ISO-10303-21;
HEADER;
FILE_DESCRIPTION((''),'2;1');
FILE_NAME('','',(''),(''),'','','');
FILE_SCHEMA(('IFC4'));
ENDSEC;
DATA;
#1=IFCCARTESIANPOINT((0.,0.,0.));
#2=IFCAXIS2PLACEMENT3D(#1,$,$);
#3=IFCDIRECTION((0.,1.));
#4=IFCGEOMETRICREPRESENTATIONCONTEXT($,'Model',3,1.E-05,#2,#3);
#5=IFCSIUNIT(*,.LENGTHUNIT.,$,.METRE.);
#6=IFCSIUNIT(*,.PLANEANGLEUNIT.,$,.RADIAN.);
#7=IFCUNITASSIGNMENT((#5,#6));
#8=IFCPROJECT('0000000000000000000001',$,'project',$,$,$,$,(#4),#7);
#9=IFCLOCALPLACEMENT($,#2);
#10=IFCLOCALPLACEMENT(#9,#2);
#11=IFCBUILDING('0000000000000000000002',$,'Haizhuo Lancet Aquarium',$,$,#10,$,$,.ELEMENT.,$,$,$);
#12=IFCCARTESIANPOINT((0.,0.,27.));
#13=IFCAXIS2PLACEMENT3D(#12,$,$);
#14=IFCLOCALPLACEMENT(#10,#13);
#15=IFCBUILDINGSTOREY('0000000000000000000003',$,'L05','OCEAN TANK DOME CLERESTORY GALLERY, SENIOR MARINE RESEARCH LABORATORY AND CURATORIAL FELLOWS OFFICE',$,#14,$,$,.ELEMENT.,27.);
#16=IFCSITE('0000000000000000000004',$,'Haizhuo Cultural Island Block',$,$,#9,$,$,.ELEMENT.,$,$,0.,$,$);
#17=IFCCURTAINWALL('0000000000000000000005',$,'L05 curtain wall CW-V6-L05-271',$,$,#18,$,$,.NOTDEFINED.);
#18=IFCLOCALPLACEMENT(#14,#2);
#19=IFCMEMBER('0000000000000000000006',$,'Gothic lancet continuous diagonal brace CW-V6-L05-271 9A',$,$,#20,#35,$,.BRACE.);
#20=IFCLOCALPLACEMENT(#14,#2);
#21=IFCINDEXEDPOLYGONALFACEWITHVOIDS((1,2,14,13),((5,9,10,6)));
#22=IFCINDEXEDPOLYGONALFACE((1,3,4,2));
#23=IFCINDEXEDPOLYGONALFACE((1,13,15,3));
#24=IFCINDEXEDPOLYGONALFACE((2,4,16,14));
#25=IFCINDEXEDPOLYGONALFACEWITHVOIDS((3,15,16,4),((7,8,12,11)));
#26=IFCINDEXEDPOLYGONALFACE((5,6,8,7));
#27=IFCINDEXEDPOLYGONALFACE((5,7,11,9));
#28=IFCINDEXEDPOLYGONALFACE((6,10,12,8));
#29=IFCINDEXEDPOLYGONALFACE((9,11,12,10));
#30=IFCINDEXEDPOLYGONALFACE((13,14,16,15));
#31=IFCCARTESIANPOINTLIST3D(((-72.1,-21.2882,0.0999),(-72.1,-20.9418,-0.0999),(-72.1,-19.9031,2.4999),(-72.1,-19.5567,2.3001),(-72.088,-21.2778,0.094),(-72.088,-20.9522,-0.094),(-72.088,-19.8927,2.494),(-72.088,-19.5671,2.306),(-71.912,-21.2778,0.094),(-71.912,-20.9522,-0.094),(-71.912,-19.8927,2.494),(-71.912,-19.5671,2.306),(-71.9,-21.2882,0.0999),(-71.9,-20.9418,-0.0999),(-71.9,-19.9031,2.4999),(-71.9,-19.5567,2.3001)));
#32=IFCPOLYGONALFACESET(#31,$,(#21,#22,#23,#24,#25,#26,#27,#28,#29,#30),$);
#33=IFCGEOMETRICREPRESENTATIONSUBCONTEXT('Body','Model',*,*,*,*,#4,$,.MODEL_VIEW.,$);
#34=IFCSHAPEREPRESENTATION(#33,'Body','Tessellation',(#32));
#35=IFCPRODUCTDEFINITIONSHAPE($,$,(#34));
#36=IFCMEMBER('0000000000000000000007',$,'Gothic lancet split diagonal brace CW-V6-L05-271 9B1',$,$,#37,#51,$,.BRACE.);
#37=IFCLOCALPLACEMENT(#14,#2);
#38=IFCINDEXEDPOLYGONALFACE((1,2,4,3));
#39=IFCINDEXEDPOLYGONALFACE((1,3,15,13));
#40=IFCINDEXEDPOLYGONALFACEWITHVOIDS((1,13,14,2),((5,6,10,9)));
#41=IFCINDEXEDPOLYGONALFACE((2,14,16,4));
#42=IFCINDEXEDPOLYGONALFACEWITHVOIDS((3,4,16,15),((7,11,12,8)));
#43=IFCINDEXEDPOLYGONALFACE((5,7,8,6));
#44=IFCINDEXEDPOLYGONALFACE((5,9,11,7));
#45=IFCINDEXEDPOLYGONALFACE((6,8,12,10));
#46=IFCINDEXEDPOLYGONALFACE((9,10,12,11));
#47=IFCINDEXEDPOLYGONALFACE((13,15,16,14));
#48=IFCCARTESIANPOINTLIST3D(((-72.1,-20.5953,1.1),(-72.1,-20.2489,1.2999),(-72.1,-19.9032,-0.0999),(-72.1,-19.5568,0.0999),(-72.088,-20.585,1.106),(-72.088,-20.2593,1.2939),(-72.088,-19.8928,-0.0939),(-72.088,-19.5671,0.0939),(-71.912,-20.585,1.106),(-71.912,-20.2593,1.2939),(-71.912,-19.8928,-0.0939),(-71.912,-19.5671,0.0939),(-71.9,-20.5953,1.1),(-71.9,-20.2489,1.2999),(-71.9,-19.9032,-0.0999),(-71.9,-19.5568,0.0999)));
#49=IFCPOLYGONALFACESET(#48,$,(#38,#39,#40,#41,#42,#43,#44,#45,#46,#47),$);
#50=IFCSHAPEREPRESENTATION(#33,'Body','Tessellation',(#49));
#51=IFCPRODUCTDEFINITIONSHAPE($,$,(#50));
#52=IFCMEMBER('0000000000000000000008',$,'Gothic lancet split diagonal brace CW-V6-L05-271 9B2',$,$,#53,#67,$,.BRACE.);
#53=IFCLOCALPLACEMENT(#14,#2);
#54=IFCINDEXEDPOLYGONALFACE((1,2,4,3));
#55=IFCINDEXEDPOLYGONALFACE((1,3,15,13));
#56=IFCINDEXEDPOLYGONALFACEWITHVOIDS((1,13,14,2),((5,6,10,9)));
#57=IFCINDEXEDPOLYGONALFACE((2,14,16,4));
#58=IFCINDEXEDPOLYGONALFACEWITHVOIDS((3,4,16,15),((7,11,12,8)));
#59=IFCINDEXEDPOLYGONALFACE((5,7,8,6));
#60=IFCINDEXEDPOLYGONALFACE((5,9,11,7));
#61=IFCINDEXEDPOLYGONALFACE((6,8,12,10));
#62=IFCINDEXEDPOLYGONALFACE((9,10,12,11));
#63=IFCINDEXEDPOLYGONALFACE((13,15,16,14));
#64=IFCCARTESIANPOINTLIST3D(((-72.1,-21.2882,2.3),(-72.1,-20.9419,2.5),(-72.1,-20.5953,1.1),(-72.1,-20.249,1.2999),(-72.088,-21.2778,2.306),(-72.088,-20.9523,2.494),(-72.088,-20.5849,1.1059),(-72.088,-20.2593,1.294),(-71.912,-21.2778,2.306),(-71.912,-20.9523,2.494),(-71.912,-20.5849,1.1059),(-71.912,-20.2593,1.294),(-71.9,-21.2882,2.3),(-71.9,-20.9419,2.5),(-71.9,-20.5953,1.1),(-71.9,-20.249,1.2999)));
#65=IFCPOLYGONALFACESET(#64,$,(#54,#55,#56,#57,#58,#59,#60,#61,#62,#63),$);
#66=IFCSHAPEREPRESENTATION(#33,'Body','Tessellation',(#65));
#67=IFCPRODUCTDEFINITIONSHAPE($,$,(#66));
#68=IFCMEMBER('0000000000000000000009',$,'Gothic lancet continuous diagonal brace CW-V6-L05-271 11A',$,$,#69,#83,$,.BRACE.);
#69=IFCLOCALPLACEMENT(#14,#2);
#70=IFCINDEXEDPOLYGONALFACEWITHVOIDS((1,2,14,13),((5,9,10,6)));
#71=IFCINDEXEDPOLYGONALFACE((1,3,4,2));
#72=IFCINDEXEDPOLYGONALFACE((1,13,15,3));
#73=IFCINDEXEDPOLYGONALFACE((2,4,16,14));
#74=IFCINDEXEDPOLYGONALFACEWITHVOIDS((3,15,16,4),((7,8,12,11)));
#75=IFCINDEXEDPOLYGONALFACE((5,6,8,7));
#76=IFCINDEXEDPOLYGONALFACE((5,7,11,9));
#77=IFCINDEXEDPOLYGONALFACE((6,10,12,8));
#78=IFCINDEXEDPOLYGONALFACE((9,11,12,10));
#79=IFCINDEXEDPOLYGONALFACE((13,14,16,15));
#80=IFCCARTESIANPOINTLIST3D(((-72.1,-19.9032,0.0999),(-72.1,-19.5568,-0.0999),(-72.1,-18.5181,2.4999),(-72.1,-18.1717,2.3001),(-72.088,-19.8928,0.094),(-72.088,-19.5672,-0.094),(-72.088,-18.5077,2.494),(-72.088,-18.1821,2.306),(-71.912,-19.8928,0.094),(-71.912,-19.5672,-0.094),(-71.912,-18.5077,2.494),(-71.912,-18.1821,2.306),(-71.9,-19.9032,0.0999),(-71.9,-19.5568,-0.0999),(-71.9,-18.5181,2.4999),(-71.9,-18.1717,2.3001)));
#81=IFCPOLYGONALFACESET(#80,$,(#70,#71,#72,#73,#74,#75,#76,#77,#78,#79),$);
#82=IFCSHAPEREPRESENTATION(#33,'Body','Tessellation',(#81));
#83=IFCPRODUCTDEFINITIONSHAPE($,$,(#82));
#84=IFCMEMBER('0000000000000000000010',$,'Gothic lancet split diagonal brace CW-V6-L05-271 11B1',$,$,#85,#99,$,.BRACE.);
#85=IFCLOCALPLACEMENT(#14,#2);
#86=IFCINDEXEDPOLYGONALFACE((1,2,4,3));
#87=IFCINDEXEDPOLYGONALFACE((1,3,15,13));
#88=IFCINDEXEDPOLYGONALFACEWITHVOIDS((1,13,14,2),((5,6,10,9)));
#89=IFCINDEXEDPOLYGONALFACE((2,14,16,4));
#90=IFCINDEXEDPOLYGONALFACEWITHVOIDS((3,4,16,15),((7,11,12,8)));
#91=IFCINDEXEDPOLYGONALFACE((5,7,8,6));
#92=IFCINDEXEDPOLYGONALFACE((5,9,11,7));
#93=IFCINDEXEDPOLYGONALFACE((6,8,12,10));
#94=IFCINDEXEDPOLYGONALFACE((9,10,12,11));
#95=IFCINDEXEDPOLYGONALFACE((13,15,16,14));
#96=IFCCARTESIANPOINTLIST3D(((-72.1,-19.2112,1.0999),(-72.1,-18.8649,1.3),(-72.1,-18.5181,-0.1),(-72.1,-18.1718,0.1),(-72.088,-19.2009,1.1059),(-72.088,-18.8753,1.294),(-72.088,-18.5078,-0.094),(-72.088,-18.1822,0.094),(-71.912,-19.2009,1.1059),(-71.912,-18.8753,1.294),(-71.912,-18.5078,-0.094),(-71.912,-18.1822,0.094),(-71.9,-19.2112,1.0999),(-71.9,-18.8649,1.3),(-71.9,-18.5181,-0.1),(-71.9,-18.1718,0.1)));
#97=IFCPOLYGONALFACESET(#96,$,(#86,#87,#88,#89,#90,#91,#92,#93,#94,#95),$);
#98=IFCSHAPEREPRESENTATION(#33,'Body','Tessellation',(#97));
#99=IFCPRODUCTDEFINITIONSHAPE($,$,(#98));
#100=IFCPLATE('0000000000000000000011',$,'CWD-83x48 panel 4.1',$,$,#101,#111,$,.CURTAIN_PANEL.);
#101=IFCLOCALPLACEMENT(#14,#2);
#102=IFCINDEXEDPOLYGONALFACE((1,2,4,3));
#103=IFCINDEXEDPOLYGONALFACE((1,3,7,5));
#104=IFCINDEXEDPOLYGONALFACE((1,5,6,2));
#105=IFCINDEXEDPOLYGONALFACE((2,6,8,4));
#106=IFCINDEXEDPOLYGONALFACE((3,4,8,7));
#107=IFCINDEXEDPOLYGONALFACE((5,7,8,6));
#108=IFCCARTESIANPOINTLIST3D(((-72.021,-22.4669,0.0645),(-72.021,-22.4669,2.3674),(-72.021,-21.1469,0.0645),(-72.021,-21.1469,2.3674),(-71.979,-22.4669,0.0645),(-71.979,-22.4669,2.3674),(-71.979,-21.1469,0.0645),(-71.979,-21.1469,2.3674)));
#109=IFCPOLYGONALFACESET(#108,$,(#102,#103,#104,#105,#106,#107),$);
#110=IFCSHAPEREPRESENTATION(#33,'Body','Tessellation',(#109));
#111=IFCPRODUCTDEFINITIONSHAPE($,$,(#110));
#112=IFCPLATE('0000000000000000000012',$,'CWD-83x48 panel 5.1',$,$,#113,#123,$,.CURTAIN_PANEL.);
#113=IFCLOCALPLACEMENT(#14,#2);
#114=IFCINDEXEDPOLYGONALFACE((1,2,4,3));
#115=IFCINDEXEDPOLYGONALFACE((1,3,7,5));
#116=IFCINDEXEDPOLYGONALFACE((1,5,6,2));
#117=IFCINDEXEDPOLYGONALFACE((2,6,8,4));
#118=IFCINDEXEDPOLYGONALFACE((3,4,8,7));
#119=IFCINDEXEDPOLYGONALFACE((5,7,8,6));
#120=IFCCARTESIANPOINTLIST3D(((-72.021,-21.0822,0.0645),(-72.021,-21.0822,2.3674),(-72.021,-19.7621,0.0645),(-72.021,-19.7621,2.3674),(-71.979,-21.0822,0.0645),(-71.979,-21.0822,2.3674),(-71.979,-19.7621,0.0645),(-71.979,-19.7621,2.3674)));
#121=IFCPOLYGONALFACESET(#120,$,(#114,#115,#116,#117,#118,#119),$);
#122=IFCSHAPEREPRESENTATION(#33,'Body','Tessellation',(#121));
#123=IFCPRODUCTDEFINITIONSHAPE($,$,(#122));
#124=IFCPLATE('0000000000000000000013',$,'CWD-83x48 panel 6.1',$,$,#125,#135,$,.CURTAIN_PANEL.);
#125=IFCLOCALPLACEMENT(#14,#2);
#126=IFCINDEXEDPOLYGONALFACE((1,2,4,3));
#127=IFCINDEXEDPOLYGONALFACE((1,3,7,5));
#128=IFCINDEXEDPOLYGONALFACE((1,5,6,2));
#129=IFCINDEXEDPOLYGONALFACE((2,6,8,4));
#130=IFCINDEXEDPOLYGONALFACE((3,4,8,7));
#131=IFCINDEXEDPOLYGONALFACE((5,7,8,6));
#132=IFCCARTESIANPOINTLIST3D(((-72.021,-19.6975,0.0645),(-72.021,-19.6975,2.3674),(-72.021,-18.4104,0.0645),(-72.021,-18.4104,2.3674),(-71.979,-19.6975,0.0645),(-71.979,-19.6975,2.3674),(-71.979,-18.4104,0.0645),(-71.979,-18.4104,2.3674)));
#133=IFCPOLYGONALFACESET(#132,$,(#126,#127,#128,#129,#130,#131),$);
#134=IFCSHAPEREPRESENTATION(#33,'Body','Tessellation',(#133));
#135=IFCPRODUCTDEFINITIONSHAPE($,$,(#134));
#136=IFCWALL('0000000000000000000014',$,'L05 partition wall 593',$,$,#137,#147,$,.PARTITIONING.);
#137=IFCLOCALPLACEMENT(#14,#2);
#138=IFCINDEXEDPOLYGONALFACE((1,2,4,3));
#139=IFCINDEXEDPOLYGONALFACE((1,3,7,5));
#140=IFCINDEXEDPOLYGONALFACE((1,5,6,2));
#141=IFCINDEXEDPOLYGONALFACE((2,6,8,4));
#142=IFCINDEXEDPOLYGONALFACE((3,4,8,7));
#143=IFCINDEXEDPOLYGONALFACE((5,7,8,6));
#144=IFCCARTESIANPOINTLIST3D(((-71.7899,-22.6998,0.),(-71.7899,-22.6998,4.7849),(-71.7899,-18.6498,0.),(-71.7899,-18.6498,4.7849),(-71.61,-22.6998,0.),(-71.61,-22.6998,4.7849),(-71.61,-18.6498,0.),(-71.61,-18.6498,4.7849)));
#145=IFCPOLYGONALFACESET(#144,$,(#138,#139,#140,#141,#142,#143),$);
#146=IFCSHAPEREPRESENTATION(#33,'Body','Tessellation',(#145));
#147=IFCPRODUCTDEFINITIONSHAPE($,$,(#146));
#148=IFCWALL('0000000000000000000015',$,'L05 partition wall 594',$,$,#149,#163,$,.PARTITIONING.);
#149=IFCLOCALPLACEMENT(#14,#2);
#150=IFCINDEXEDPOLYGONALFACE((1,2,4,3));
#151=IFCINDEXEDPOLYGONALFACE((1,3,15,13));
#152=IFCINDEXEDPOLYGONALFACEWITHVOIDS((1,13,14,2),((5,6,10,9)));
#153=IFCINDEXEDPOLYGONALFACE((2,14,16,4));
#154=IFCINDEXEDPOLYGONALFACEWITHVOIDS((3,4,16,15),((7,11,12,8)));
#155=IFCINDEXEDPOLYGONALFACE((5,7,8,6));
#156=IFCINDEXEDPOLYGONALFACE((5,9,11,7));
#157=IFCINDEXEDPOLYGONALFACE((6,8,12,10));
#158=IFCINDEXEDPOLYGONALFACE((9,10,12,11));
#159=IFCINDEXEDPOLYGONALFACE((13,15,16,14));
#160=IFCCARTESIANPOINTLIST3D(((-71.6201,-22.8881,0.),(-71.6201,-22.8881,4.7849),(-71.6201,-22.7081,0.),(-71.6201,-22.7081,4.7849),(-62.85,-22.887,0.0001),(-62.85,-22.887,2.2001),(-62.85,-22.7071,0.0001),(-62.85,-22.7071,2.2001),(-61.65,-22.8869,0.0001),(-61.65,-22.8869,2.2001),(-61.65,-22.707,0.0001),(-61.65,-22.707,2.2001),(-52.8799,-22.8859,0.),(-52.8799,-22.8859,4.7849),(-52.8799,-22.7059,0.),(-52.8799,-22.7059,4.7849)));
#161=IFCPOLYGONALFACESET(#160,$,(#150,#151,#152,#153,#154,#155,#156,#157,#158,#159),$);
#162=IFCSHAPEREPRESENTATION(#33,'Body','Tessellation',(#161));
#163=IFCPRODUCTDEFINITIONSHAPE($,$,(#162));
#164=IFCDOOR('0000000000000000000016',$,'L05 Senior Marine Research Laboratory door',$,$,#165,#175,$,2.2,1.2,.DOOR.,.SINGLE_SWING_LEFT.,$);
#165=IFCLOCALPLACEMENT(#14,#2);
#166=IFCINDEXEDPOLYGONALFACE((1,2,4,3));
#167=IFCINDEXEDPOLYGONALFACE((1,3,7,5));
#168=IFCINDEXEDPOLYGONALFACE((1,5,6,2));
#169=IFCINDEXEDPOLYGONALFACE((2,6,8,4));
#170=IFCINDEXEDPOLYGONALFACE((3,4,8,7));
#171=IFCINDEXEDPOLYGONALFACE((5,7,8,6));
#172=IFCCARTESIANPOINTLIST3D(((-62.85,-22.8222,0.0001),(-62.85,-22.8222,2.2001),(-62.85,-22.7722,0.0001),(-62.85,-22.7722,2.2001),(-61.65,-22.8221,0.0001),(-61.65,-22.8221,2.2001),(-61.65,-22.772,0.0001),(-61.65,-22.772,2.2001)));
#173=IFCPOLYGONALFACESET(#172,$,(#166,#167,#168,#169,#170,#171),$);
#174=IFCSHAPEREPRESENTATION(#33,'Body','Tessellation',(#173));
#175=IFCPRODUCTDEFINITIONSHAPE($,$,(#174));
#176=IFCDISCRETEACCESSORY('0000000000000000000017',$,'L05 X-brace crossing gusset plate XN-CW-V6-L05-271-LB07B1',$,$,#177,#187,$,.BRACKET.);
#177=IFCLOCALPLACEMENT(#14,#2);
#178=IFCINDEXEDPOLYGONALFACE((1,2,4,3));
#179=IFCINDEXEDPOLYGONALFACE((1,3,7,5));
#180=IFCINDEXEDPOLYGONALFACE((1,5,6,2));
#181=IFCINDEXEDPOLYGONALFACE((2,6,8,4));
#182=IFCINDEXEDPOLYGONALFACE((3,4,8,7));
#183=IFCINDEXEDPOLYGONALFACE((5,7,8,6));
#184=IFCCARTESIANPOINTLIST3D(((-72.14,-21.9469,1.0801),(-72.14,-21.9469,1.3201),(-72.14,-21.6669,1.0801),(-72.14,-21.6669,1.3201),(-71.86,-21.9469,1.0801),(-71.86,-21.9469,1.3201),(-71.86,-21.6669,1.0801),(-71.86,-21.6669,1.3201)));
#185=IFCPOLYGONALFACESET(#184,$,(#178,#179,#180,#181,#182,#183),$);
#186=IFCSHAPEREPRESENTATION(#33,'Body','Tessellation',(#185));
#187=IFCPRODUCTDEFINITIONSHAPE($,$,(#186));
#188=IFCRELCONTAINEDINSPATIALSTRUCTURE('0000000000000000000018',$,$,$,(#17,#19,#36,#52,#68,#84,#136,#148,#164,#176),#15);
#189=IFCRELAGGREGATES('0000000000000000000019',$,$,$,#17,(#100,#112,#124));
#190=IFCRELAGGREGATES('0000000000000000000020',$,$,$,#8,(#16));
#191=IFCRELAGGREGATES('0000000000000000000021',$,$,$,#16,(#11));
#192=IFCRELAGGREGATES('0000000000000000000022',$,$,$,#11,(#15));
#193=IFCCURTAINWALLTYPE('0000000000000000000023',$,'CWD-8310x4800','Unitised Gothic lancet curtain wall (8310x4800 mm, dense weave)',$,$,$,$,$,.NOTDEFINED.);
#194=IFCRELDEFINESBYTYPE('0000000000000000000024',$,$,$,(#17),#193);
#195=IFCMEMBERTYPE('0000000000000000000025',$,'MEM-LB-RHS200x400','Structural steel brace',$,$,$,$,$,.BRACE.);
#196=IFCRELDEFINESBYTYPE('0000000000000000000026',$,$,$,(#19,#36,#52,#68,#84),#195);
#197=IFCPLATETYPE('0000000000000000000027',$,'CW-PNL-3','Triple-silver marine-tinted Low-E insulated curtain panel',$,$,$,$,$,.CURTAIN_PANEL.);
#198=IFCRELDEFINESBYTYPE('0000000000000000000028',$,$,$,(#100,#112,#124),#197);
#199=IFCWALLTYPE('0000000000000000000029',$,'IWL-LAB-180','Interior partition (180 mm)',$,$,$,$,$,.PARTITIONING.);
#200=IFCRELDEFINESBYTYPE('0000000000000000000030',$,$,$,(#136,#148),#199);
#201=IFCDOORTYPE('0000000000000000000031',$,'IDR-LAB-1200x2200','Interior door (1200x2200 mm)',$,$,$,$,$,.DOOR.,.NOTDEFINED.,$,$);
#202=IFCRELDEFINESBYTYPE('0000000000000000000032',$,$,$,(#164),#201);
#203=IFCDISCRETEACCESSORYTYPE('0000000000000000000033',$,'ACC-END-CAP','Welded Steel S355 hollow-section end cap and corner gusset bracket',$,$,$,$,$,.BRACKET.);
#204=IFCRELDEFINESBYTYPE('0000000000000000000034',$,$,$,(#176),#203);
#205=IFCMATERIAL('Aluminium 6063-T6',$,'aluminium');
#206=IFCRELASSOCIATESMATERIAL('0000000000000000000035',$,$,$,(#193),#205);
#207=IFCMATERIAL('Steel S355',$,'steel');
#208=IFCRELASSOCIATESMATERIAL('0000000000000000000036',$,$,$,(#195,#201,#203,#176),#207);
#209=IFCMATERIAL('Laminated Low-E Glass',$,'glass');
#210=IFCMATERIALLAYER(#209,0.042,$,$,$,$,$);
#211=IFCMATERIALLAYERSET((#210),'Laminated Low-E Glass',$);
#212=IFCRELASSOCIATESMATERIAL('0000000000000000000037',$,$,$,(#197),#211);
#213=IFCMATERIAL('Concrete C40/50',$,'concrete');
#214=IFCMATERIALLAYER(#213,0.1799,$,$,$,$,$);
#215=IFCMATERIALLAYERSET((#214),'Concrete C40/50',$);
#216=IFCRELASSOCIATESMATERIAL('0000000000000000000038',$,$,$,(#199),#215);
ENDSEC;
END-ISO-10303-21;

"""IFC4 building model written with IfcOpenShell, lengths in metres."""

from ifc_helpers import new_model, si_unit, direction, frame, frame_2d, origin, origin_2d, place, context, subcontext, project, spatial, rectangle, hollow_rectangle, extrude, material, layer, layer_set, material_profile, profile_set, type_object, element, fill, aggregate, save


model = new_model("IFC4")

# Units and contexts
model_context = context("Model", 3, precision=1e-05, world=origin(), true_north=direction((0.0, 1.0)))
body_context = subcontext(model_context, "Body", "Model", "MODEL_VIEW")
ifc_project = project(units=[si_unit("LENGTHUNIT", "METRE"), si_unit("PLANEANGLEUNIT", "RADIAN")], contexts=[model_context])

# Site, building, storey
site_placement = place(None, origin())
site = spatial("IfcSite", under=ifc_project, at=site_placement, Name="Haizhuo Cultural Island Block", CompositionType="ELEMENT", RefElevation=0.0)
building_placement = place(site_placement, origin())
building = spatial("IfcBuilding", under=site, at=building_placement, Name="Haizhuo Lancet Aquarium", CompositionType="ELEMENT")
storey_placement = place(building_placement, frame((0.0, 0.0, 27.0)))
storey = spatial("IfcBuildingStorey", under=building, at=storey_placement, Name="L05", Description="OCEAN TANK DOME CLERESTORY GALLERY, SENIOR MARINE RESEARCH LABORATORY AND CURATORIAL FELLOWS OFFICE", CompositionType="ELEMENT", Elevation=27.0)

# Curtain wall
ifc_material_1 = material(Name="Aluminium 6063-T6", Category="aluminium")
curtain_wall_type = type_object("IfcCurtainWallType", Name="CWD-8310x4800", Description="Unitised Gothic lancet curtain wall (8310x4800 mm, dense weave)", PredefinedType="NOTDEFINED", material=ifc_material_1)
curtain_wall_placement = place(storey_placement, origin())
curtain_wall = element("IfcCurtainWall", 1, at=curtain_wall_placement, inside=storey, type_object=curtain_wall_type, Name="L05 curtain wall CW-V6-L05-271", PredefinedType="NOTDEFINED")

# Members
ifc_material_2 = material(Name="Steel S355", Category="steel")
ifc_material_profile_1 = material_profile(ifc_material_2, hollow_rectangle(XDim=0.2, YDim=0.3999, WallThickness=0.012, at=origin_2d()), Name="RHS 200x400x12")
ifc_profile_set_1 = profile_set([ifc_material_profile_1], Name="Steel S355")
member_type_1 = type_object("IfcMemberType", Name="MEM-LB-RHS200x400", Description="Structural steel brace", PredefinedType="BRACE", material=ifc_profile_set_1)
member_1_placement = place(storey_placement, frame((-72.0, -21.115, 0.0), z_axis=(0.0, 0.499844, 0.866115), x_axis=(-1.0, 0.0, 0.0)))
element("IfcMember", 2, at=member_1_placement, inside=storey, type_object=member_type_1, Name="Gothic lancet continuous diagonal brace CW-V6-L05-271 9A", PredefinedType="BRACE", context=body_context, shape_type="SweptSolid", body=[
    extrude(hollow_rectangle(XDim=0.2, YDim=0.3999, WallThickness=0.012, at=origin_2d()), origin(), (0.0, 0.0, 1.0), 2.771),
])
member_2_placement = place(storey_placement, frame((-72.0, -19.73, 0.0), z_axis=(0.0, -0.499646, 0.86623), x_axis=(1.0, 0.0, 0.0)))
element("IfcMember", 3, at=member_2_placement, inside=storey, type_object=member_type_1, Name="Gothic lancet split diagonal brace CW-V6-L05-271 9B1", PredefinedType="BRACE", context=body_context, shape_type="SweptSolid", body=[
    extrude(hollow_rectangle(XDim=0.2, YDim=0.3999, WallThickness=0.012, at=origin_2d()), origin(), (0.0, 0.0, 1.0), 1.3853),
])
member_3_placement = place(storey_placement, frame((-72.0, -20.4221, 1.2), z_axis=(0.0, -0.500043, 0.866001), x_axis=(1.0, 0.0, 0.0)))
element("IfcMember", 4, at=member_3_placement, inside=storey, type_object=member_type_1, Name="Gothic lancet split diagonal brace CW-V6-L05-271 9B2", PredefinedType="BRACE", context=body_context, shape_type="SweptSolid", body=[
    extrude(hollow_rectangle(XDim=0.2, YDim=0.3999, WallThickness=0.012, at=origin_2d()), origin(), (0.0, 0.0, 1.0), 1.3857),
])
member_4_placement = place(storey_placement, frame((-72.0, -19.73, 0.0), z_axis=(0.0, 0.499844, 0.866115), x_axis=(-1.0, 0.0, 0.0)))
element("IfcMember", 5, at=member_4_placement, inside=storey, type_object=member_type_1, Name="Gothic lancet continuous diagonal brace CW-V6-L05-271 11A", PredefinedType="BRACE", context=body_context, shape_type="SweptSolid", body=[
    extrude(hollow_rectangle(XDim=0.2, YDim=0.3999, WallThickness=0.012, at=origin_2d()), origin(), (0.0, 0.0, 1.0), 2.771),
])
member_5_placement = place(storey_placement, frame((-72.0, -18.345, 0.0), z_axis=(0.0, -0.500175, 0.865924), x_axis=(1.0, 0.0, 0.0)))
element("IfcMember", 6, at=member_5_placement, inside=storey, type_object=member_type_1, Name="Gothic lancet split diagonal brace CW-V6-L05-271 11B1", PredefinedType="BRACE", context=body_context, shape_type="SweptSolid", body=[
    extrude(hollow_rectangle(XDim=0.2, YDim=0.3999, WallThickness=0.012, at=origin_2d()), origin(), (0.0, 0.0, 1.0), 1.3857),
])

# Plates
ifc_material_3 = material(Name="Laminated Low-E Glass", Category="glass")
ifc_layer_1 = layer(ifc_material_3, 0.042)
ifc_layer_set_1 = layer_set([ifc_layer_1], Name="Laminated Low-E Glass")
plate_type = type_object("IfcPlateType", Name="CW-PNL-3", Description="Triple-silver marine-tinted Low-E insulated curtain panel", PredefinedType="CURTAIN_PANEL", material=ifc_layer_set_1)
plate_1_placement = place(storey_placement, frame((-72.0, -21.8069, 0.0645), z_axis=(0.0, 0.0, 1.0), x_axis=(0.0, 1.0, 0.0)))
plate_1 = element("IfcPlate", 7, at=plate_1_placement, type_object=plate_type, Name="CWD-83x48 panel 4.1", PredefinedType="CURTAIN_PANEL", context=body_context, shape_type="SweptSolid", body=[
    extrude(rectangle(XDim=1.3201, YDim=0.042, at=origin_2d()), origin(), (0.0, 0.0, 1.0), 2.303),
])
plate_2_placement = place(storey_placement, frame((-72.0, -20.4221, 0.0645), z_axis=(0.0, 0.0, 1.0), x_axis=(0.0, 1.0, 0.0)))
plate_2 = element("IfcPlate", 8, at=plate_2_placement, type_object=plate_type, Name="CWD-83x48 panel 5.1", PredefinedType="CURTAIN_PANEL", context=body_context, shape_type="SweptSolid", body=[
    extrude(rectangle(XDim=1.3201, YDim=0.042, at=origin_2d()), origin(), (0.0, 0.0, 1.0), 2.303),
])
plate_3_placement = place(storey_placement, frame((-72.0, -19.054, 0.0645), z_axis=(0.0, 0.0, 1.0), x_axis=(0.0, 1.0, 0.0)))
plate_3 = element("IfcPlate", 9, at=plate_3_placement, type_object=plate_type, Name="CWD-83x48 panel 6.1", PredefinedType="CURTAIN_PANEL", context=body_context, shape_type="SweptSolid", body=[
    extrude(rectangle(XDim=1.2871, YDim=0.042, at=origin_2d()), origin(), (0.0, 0.0, 1.0), 2.303),
])
aggregate(curtain_wall, [plate_1, plate_2, plate_3])

# Wall
ifc_material_4 = material(Name="Concrete C40/50", Category="concrete")
ifc_layer_2 = layer(ifc_material_4, 0.1799)
ifc_layer_set_2 = layer_set([ifc_layer_2], Name="Concrete C40/50")
wall_type = type_object("IfcWallType", Name="IWL-LAB-180", Description="Interior partition (180 mm)", PredefinedType="PARTITIONING", material=ifc_layer_set_2)
wall_1_placement = place(storey_placement, frame((-71.7, -18.6499, 0.0), z_axis=(0.0, 0.0, 1.0), x_axis=(0.0, -1.0, 0.0)))
element("IfcWall", 10, at=wall_1_placement, inside=storey, type_object=wall_type, Name="L05 partition wall 593", PredefinedType="PARTITIONING", context=body_context, shape_type="SweptSolid", body=[
    extrude(rectangle(XDim=4.05, YDim=0.1799, at=frame_2d((2.0249, 0.0))), origin(), (0.0, 0.0, 1.0), 4.7849),
])

# Wall, opening, door
wall_2_placement = place(storey_placement, frame((-71.6201, -22.7981, 0.0), z_axis=(0.0, 0.0, 1.0), x_axis=(1.0, 0.000117, 0.0)))
wall_2 = element("IfcWall", 11, at=wall_2_placement, inside=storey, type_object=wall_type, Name="L05 partition wall 594", PredefinedType="PARTITIONING", context=body_context, shape_type="SweptSolid", body=[
    extrude(rectangle(XDim=18.7402, YDim=0.1799, at=frame_2d((9.3701, 0.0))), origin(), (0.0, 0.0, 1.0), 4.7849),
])
opening_placement = place(wall_2_placement, frame((8.77, 0.0, 0.0)))
opening = element("IfcOpeningElement", 12, at=opening_placement, cuts=wall_2, PredefinedType="OPENING", context=body_context, shape_type="SweptSolid", body=[
    extrude(rectangle(XDim=1.2, YDim=2.2, at=frame_2d((0.6001, 1.1001))), frame((0.0, 0.0999, 0.0), z_axis=(0.0, -1.0, 0.0), x_axis=(1.0, 0.0, 0.0)), (0.0, 0.0, 1.0), 0.1999),
])
door_type = type_object("IfcDoorType", Name="IDR-LAB-1200x2200", Description="Interior door (1200x2200 mm)", OperationType="NOTDEFINED", PredefinedType="DOOR", material=ifc_material_2)
door_placement = place(opening_placement, origin())
door = element("IfcDoor", 13, at=door_placement, inside=storey, type_object=door_type, Name="L05 Senior Marine Research Laboratory door", OperationType="SINGLE_SWING_LEFT", OverallHeight=2.2, OverallWidth=1.2, PredefinedType="DOOR", context=body_context, shape_type="SweptSolid", body=[
    extrude(rectangle(XDim=1.2, YDim=2.2, at=frame_2d((0.6001, 1.1001))), frame((0.0, 0.0249, 0.0), z_axis=(0.0, -1.0, 0.0), x_axis=(1.0, 0.0, 0.0)), (0.0, 0.0, 1.0), 0.05),
])
fill(opening, door)

# Discrete accessory
discrete_accessory_type = type_object("IfcDiscreteAccessoryType", Name="ACC-END-CAP", Description="Welded Steel S355 hollow-section end cap and corner gusset bracket", PredefinedType="BRACKET", material=ifc_material_2)
for number, where, z_axis, x_axis, name in (
    (14, (-72.0, -21.8069, 1.0801), (0.0, 0.0, 1.0), (1.0, 0.0, 0.0), "L05 X-brace crossing gusset plate XN-CW-V6-L05-271-LB07B1"),
):
    element("IfcDiscreteAccessory", number, at=place(storey_placement, frame(where, z_axis=z_axis, x_axis=x_axis)), inside=storey, type_object=discrete_accessory_type, material=ifc_material_2, Name=name, PredefinedType="BRACKET", context=body_context, shape_type="SweptSolid", body=[
        extrude(rectangle(XDim=0.28, YDim=0.28, at=origin_2d()), origin(), (0.0, 0.0, 1.0), 0.24),
    ])

save(model, "model.ifc")
